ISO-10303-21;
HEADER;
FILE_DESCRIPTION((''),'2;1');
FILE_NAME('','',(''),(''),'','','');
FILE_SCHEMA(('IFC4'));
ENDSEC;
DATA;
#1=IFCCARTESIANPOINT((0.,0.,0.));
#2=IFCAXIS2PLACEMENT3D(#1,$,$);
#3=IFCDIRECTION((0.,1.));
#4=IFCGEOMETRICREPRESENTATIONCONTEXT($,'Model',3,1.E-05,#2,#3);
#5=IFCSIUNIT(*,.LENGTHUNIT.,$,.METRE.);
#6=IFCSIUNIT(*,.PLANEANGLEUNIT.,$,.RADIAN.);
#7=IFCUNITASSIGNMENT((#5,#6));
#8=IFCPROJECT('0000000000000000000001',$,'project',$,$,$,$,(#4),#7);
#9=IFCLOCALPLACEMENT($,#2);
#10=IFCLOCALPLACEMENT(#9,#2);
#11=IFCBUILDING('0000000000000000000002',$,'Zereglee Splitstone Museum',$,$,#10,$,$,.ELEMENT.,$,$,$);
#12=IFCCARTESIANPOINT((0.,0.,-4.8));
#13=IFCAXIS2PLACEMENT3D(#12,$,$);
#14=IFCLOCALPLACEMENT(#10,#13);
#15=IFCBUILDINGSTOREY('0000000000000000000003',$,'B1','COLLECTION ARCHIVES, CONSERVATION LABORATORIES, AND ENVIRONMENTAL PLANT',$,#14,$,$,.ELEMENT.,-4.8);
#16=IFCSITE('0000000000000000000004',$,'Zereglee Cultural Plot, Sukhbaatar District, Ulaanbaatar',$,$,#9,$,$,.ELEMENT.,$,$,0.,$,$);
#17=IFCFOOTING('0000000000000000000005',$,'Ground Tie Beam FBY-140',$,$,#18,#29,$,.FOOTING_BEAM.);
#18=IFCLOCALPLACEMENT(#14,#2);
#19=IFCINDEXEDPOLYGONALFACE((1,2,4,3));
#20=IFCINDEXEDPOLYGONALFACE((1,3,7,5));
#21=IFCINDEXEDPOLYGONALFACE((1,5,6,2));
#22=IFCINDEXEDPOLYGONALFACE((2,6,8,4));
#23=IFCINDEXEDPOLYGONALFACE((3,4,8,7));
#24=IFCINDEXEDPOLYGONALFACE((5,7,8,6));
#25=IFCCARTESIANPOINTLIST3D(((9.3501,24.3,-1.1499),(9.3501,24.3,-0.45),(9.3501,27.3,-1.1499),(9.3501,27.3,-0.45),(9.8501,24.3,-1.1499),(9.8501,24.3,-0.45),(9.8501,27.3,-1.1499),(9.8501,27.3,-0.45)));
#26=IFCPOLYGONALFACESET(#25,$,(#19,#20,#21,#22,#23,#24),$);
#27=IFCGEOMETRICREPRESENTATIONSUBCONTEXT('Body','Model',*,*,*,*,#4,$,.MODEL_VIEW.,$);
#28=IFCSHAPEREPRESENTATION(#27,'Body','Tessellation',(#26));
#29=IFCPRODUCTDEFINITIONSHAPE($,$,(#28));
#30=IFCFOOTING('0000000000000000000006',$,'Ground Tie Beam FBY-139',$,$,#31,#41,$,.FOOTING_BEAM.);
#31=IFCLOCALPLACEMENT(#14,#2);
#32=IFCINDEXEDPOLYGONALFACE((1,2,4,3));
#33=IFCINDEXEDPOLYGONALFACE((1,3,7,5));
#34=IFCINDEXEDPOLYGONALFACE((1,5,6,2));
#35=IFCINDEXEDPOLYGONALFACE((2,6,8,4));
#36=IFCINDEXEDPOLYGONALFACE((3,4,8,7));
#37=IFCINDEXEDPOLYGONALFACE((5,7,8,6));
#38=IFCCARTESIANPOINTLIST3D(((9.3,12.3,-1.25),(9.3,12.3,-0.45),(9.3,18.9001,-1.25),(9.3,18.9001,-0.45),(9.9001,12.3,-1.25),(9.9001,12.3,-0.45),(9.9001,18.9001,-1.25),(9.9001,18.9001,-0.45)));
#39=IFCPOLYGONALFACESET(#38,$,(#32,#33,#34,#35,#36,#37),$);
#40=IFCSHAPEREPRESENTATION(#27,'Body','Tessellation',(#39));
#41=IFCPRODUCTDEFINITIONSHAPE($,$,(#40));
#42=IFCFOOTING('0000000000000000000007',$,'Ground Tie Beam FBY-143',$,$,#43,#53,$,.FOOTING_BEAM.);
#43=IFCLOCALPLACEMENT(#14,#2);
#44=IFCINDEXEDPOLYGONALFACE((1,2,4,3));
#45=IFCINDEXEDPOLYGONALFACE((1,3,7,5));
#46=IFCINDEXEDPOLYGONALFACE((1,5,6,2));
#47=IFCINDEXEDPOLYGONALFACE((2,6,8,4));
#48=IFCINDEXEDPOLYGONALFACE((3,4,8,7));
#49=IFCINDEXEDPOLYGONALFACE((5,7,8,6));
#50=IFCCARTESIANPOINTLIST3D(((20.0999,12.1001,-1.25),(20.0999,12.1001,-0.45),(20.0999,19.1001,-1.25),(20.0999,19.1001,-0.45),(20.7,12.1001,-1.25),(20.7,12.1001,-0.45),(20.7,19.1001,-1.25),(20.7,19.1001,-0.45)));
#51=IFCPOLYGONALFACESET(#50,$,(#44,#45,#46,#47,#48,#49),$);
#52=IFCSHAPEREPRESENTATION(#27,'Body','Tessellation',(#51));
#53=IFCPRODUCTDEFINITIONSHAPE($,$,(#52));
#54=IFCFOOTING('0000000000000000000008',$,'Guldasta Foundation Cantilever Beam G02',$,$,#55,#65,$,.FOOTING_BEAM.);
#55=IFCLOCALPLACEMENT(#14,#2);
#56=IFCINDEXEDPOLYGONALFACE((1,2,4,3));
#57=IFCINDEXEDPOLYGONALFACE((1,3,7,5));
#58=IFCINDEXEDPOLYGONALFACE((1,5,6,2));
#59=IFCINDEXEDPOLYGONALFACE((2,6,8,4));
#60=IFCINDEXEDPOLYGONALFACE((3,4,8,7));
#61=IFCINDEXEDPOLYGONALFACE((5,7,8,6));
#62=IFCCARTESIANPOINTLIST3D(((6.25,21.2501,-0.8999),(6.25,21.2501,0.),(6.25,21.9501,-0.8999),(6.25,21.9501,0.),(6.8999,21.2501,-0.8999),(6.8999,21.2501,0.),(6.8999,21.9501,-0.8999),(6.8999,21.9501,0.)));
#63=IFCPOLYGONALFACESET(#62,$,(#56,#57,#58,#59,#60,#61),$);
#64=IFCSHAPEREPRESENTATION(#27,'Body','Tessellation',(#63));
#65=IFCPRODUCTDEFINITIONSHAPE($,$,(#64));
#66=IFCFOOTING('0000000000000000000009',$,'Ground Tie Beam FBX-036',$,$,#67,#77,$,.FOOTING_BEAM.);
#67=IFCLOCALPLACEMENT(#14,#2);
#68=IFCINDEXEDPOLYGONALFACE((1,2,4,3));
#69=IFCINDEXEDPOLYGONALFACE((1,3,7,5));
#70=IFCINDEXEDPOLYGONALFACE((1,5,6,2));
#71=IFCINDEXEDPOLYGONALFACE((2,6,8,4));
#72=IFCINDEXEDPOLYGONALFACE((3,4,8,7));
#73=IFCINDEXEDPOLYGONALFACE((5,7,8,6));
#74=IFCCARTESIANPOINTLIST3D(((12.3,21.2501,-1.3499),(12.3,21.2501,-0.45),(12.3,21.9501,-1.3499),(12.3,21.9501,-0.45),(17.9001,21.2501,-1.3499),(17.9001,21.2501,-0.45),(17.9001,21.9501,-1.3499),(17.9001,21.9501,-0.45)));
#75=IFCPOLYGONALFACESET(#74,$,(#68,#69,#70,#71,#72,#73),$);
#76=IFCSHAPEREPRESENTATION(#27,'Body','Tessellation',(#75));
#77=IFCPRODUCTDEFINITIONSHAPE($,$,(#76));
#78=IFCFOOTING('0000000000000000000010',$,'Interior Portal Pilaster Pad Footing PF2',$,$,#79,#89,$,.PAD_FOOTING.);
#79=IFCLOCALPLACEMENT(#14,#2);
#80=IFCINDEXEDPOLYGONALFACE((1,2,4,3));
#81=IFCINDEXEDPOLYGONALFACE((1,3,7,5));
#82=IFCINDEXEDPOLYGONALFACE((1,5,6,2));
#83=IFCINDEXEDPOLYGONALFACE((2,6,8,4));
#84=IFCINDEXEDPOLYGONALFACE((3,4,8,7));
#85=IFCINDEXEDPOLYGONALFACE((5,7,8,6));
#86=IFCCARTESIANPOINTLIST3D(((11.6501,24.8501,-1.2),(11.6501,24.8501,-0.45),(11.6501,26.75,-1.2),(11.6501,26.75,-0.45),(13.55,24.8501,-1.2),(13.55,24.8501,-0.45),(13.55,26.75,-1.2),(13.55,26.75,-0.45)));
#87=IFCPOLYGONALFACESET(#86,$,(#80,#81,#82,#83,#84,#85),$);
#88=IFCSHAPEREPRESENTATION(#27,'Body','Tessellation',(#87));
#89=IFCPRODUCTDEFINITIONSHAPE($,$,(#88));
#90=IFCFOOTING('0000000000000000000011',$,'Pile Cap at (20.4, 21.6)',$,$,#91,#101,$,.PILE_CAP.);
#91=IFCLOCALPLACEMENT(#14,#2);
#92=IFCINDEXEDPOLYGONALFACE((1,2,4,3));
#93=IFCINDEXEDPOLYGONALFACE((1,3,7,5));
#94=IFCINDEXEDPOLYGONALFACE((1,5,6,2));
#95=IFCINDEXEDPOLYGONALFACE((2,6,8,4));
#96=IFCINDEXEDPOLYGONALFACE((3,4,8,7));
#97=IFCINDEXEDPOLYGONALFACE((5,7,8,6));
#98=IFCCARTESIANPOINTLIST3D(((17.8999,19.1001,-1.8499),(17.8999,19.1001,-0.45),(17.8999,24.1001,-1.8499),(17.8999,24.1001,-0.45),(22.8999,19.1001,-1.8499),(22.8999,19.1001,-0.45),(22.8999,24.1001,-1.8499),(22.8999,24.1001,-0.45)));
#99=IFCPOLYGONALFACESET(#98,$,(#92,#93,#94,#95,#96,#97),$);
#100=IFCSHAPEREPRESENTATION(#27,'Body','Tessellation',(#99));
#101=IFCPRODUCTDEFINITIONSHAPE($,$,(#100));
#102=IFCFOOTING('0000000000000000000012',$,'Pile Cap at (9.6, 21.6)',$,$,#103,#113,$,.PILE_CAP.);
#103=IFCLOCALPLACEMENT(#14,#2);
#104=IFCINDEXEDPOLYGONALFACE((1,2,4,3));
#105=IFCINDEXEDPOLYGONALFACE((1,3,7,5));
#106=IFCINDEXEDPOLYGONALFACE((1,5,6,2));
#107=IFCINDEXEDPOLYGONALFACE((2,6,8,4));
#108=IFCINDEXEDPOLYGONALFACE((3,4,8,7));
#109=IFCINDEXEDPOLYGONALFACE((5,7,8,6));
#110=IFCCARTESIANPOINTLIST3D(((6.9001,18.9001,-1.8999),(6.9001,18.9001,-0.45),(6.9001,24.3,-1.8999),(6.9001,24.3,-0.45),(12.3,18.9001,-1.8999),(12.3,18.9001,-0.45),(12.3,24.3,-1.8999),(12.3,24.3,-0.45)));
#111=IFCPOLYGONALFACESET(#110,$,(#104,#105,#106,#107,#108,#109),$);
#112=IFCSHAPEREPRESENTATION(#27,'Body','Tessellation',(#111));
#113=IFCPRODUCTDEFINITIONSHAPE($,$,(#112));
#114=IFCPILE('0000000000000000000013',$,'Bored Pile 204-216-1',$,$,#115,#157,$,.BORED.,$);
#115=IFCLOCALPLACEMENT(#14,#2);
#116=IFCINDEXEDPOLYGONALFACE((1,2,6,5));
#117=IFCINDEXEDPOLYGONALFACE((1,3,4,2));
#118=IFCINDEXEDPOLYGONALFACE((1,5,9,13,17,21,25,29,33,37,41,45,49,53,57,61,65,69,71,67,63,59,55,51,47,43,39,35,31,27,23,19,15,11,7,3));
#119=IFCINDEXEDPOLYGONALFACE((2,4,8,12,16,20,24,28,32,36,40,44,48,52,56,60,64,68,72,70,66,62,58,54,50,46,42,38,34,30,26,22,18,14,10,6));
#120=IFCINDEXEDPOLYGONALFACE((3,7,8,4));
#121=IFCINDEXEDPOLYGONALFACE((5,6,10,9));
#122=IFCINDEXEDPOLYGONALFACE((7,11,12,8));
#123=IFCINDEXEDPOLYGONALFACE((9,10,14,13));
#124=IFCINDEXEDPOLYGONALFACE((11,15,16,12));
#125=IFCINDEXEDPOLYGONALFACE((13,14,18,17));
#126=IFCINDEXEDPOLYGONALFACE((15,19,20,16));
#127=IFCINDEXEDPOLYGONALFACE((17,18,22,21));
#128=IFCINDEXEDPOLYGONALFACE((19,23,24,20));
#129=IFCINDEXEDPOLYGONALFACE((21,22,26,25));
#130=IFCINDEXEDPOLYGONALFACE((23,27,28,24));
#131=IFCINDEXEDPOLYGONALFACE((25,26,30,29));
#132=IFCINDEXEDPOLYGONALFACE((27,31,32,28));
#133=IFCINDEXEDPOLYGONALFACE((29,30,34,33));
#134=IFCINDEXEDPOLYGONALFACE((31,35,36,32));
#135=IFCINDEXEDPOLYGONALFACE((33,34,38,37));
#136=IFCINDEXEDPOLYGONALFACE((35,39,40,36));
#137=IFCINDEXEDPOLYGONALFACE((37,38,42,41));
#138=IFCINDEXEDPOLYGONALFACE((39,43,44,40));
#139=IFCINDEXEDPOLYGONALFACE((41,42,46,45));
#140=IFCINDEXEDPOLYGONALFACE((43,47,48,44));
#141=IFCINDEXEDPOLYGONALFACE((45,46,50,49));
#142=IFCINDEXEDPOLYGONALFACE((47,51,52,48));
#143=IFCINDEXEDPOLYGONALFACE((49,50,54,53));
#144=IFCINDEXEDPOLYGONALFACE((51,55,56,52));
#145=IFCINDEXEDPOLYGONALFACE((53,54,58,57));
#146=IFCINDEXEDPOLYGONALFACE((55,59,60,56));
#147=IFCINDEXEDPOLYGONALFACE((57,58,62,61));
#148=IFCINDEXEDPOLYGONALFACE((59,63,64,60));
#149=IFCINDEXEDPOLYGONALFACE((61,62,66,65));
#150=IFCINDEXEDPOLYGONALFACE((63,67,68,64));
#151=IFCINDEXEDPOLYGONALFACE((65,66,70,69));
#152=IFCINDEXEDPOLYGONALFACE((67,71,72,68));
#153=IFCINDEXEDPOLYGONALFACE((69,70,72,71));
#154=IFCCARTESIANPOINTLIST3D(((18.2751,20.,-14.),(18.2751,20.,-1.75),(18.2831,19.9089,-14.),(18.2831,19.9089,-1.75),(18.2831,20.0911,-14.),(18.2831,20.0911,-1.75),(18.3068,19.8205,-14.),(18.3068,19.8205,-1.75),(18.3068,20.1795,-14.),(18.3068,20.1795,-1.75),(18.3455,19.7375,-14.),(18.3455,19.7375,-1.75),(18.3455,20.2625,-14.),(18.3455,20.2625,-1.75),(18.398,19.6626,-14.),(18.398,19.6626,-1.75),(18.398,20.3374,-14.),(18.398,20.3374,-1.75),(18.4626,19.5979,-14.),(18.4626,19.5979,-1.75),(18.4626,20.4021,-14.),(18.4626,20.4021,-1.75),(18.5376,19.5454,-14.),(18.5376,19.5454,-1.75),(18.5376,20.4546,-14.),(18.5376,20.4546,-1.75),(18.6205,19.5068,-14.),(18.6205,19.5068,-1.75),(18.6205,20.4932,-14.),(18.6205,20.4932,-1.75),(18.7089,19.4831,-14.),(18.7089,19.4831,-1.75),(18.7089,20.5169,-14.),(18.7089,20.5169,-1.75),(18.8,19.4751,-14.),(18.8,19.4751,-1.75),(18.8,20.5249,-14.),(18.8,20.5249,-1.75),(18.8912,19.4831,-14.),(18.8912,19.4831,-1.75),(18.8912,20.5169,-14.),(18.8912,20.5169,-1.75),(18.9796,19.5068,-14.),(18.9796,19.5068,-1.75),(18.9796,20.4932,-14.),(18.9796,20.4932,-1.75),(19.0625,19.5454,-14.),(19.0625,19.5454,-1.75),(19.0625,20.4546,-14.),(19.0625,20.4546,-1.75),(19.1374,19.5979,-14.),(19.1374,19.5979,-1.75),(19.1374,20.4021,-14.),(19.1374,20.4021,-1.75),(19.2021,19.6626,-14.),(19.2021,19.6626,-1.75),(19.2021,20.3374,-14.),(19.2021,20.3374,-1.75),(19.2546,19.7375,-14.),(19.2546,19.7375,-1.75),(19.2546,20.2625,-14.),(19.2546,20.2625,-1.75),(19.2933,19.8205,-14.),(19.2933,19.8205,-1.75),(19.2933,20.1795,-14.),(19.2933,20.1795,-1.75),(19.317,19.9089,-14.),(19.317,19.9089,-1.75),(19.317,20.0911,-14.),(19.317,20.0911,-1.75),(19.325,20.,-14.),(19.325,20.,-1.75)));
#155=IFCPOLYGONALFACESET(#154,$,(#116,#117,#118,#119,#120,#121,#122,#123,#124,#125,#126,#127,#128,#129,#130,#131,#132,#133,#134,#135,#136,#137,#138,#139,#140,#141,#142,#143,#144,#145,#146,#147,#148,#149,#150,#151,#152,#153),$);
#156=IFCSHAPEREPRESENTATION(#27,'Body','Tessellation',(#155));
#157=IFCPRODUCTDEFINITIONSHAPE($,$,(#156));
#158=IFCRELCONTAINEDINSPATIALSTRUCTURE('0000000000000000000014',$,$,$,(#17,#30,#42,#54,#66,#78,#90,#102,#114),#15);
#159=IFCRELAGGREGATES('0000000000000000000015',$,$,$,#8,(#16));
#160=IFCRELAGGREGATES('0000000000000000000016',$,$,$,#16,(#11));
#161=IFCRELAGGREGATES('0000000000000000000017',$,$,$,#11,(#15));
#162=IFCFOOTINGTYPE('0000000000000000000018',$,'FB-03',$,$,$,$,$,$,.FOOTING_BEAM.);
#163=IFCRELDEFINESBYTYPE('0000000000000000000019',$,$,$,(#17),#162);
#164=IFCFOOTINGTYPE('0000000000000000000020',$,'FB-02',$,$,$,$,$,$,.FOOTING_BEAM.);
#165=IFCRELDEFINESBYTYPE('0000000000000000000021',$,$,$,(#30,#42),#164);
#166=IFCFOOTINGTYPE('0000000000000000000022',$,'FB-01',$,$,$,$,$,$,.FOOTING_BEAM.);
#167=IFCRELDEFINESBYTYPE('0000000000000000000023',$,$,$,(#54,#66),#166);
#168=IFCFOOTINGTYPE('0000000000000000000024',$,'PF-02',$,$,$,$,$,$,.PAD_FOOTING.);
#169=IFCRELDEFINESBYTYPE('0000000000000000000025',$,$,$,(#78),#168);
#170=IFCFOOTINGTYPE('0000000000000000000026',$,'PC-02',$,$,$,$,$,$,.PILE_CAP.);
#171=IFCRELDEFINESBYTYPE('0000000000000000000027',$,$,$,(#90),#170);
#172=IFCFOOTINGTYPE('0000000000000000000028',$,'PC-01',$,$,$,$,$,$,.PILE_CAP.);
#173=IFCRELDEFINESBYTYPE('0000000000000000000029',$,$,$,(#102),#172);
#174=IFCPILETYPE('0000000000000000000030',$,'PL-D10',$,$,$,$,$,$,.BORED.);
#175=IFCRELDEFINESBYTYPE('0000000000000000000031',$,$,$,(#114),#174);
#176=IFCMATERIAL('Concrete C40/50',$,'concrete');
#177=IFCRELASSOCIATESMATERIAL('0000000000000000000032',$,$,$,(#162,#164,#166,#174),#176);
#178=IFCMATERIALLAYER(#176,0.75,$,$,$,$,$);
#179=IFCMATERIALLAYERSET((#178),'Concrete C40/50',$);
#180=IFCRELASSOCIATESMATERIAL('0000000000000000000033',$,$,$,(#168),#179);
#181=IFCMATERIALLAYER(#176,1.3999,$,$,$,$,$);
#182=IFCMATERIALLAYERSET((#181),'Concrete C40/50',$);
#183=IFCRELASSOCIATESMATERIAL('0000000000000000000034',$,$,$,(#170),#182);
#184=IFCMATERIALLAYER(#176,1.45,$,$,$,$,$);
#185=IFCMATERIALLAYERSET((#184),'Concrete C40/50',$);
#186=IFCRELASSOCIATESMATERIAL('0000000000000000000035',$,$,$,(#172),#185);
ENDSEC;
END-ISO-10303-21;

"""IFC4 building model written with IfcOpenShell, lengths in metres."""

from ifc_helpers import new_model, si_unit, direction, frame, origin, origin_2d, place, context, subcontext, project, spatial, rectangle, circle, extrude, material, layer, layer_set, material_profile, profile_set, type_object, element, save


model = new_model("IFC4")

# Units and contexts
model_context = context("Model", 3, precision=1e-05, world=origin(), true_north=direction((0.0, 1.0)))
body_context = subcontext(model_context, "Body", "Model", "MODEL_VIEW")
ifc_project = project(units=[si_unit("LENGTHUNIT", "METRE"), si_unit("PLANEANGLEUNIT", "RADIAN")], contexts=[model_context])

# Site, building, storey
site_placement = place(None, origin())
site = spatial("IfcSite", under=ifc_project, at=site_placement, Name="Zereglee Cultural Plot, Sukhbaatar District, Ulaanbaatar", CompositionType="ELEMENT", RefElevation=0.0)
building_placement = place(site_placement, origin())
building = spatial("IfcBuilding", under=site, at=building_placement, Name="Zereglee Splitstone Museum", CompositionType="ELEMENT")
storey_placement = place(building_placement, frame((0.0, 0.0, -4.8)))
storey = spatial("IfcBuildingStorey", under=building, at=storey_placement, Name="B1", Description="COLLECTION ARCHIVES, CONSERVATION LABORATORIES, AND ENVIRONMENTAL PLANT", CompositionType="ELEMENT", Elevation=-4.8)

# Footings
ifc_material_1 = material(Name="Concrete C40/50", Category="concrete")
footing_type_1 = type_object("IfcFootingType", Name="FB-03", PredefinedType="FOOTING_BEAM", material=ifc_material_1)
footing_1_placement = place(storey_placement, frame((9.6001, 25.8, -1.1499), z_axis=(0.0, 0.0, 1.0), x_axis=(0.0, 1.0, 0.0)))
element("IfcFooting", 1, at=footing_1_placement, inside=storey, type_object=footing_type_1, Name="Ground Tie Beam FBY-140", PredefinedType="FOOTING_BEAM", context=body_context, shape_type="SweptSolid", body=[
    extrude(rectangle(XDim=3.0, YDim=0.5, at=origin_2d()), origin(), (0.0, 0.0, 1.0), 0.7),
])
footing_type_2 = type_object("IfcFootingType", Name="FB-02", PredefinedType="FOOTING_BEAM", material=ifc_material_1)
footing_2_placement = place(storey_placement, frame((9.6001, 15.6001, -1.25), z_axis=(0.0, 0.0, 1.0), x_axis=(0.0, 1.0, 0.0)))
element("IfcFooting", 2, at=footing_2_placement, inside=storey, type_object=footing_type_2, Name="Ground Tie Beam FBY-139", PredefinedType="FOOTING_BEAM", context=body_context, shape_type="SweptSolid", body=[
    extrude(rectangle(XDim=6.6001, YDim=0.6001, at=origin_2d()), origin(), (0.0, 0.0, 1.0), 0.8),
])
footing_3_placement = place(storey_placement, frame((20.3999, 15.6001, -1.25), z_axis=(0.0, 0.0, 1.0), x_axis=(0.0, 1.0, 0.0)))
element("IfcFooting", 3, at=footing_3_placement, inside=storey, type_object=footing_type_2, Name="Ground Tie Beam FBY-143", PredefinedType="FOOTING_BEAM", context=body_context, shape_type="SweptSolid", body=[
    extrude(rectangle(XDim=7.0, YDim=0.6001, at=origin_2d()), origin(), (0.0, 0.0, 1.0), 0.8),
])
footing_type_3 = type_object("IfcFootingType", Name="FB-01", PredefinedType="FOOTING_BEAM", material=ifc_material_1)
footing_4_placement = place(storey_placement, frame((6.575, 21.6001, -0.8999), z_axis=(0.0, 0.0, 1.0), x_axis=(1.0, 0.0, 0.0)))
element("IfcFooting", 4, at=footing_4_placement, inside=storey, type_object=footing_type_3, Name="Guldasta Foundation Cantilever Beam G02", PredefinedType="FOOTING_BEAM", context=body_context, shape_type="SweptSolid", body=[
    extrude(rectangle(XDim=0.6499, YDim=0.7, at=origin_2d()), origin(), (0.0, 0.0, 1.0), 0.8999),
])
footing_5_placement = place(storey_placement, frame((15.1001, 21.6001, -1.3499), z_axis=(0.0, 0.0, 1.0), x_axis=(1.0, 0.0, 0.0)))
element("IfcFooting", 5, at=footing_5_placement, inside=storey, type_object=footing_type_3, Name="Ground Tie Beam FBX-036", PredefinedType="FOOTING_BEAM", context=body_context, shape_type="SweptSolid", body=[
    extrude(rectangle(XDim=5.6001, YDim=0.7, at=origin_2d()), origin(), (0.0, 0.0, 1.0), 0.8999),
])
ifc_layer_1 = layer(ifc_material_1, 0.75)
ifc_layer_set_1 = layer_set([ifc_layer_1], Name="Concrete C40/50")
footing_type_4 = type_object("IfcFootingType", Name="PF-02", PredefinedType="PAD_FOOTING", material=ifc_layer_set_1)
footing_6_placement = place(storey_placement, frame((12.6001, 25.8, -1.2), z_axis=(0.0, 0.0, 1.0), x_axis=(1.0, 0.0, 0.0)))
element("IfcFooting", 6, at=footing_6_placement, inside=storey, type_object=footing_type_4, Name="Interior Portal Pilaster Pad Footing PF2", PredefinedType="PAD_FOOTING", context=body_context, shape_type="SweptSolid", body=[
    extrude(rectangle(XDim=1.8999, YDim=1.8999, at=origin_2d()), origin(), (0.0, 0.0, 1.0), 0.75),
])
ifc_layer_2 = layer(ifc_material_1, 1.3999)
ifc_layer_set_2 = layer_set([ifc_layer_2], Name="Concrete C40/50")
footing_type_5 = type_object("IfcFootingType", Name="PC-02", PredefinedType="PILE_CAP", material=ifc_layer_set_2)
footing_7_placement = place(storey_placement, frame((20.3999, 21.6001, -1.8499), z_axis=(0.0, 0.0, 1.0), x_axis=(1.0, 0.0, 0.0)))
element("IfcFooting", 7, at=footing_7_placement, inside=storey, type_object=footing_type_5, Name="Pile Cap at (20.4, 21.6)", PredefinedType="PILE_CAP", context=body_context, shape_type="SweptSolid", body=[
    extrude(rectangle(XDim=5.0, YDim=5.0, at=origin_2d()), origin(), (0.0, 0.0, 1.0), 1.3999),
])
ifc_layer_3 = layer(ifc_material_1, 1.45)
ifc_layer_set_3 = layer_set([ifc_layer_3], Name="Concrete C40/50")
footing_type_6 = type_object("IfcFootingType", Name="PC-01", PredefinedType="PILE_CAP", material=ifc_layer_set_3)
footing_8_placement = place(storey_placement, frame((9.6001, 21.6001, -1.8999), z_axis=(0.0, 0.0, 1.0), x_axis=(1.0, 0.0, 0.0)))
element("IfcFooting", 8, at=footing_8_placement, inside=storey, type_object=footing_type_6, Name="Pile Cap at (9.6, 21.6)", PredefinedType="PILE_CAP", context=body_context, shape_type="SweptSolid", body=[
    extrude(rectangle(XDim=5.3999, YDim=5.3999, at=origin_2d()), origin(), (0.0, 0.0, 1.0), 1.45),
])

# Pile
ifc_material_profile_1 = material_profile(ifc_material_1, circle(Radius=0.5249, at=origin_2d()), Name="PILE D1050")
ifc_profile_set_1 = profile_set([ifc_material_profile_1], Name="Concrete C40/50")
pile_type_1 = type_object("IfcPileType", Name="PL-D10", PredefinedType="BORED", material=ifc_profile_set_1)
for number, where, z_axis, x_axis, name in (
    (9, (18.8, 20.0, -1.75), (0.0, 0.0, -1.0), (1.0, 0.0, 0.0), "Bored Pile 204-216-1"),
):
    element("IfcPile", number, at=place(storey_placement, frame(where, z_axis=z_axis, x_axis=x_axis)), inside=storey, type_object=pile_type_1, Name=name, PredefinedType="BORED", context=body_context, shape_type="SweptSolid", body=[
        extrude(circle(Radius=0.5249, at=origin_2d()), origin(), (0.0, 0.0, 1.0), 12.25),
    ])

save(model, "model.ifc")
